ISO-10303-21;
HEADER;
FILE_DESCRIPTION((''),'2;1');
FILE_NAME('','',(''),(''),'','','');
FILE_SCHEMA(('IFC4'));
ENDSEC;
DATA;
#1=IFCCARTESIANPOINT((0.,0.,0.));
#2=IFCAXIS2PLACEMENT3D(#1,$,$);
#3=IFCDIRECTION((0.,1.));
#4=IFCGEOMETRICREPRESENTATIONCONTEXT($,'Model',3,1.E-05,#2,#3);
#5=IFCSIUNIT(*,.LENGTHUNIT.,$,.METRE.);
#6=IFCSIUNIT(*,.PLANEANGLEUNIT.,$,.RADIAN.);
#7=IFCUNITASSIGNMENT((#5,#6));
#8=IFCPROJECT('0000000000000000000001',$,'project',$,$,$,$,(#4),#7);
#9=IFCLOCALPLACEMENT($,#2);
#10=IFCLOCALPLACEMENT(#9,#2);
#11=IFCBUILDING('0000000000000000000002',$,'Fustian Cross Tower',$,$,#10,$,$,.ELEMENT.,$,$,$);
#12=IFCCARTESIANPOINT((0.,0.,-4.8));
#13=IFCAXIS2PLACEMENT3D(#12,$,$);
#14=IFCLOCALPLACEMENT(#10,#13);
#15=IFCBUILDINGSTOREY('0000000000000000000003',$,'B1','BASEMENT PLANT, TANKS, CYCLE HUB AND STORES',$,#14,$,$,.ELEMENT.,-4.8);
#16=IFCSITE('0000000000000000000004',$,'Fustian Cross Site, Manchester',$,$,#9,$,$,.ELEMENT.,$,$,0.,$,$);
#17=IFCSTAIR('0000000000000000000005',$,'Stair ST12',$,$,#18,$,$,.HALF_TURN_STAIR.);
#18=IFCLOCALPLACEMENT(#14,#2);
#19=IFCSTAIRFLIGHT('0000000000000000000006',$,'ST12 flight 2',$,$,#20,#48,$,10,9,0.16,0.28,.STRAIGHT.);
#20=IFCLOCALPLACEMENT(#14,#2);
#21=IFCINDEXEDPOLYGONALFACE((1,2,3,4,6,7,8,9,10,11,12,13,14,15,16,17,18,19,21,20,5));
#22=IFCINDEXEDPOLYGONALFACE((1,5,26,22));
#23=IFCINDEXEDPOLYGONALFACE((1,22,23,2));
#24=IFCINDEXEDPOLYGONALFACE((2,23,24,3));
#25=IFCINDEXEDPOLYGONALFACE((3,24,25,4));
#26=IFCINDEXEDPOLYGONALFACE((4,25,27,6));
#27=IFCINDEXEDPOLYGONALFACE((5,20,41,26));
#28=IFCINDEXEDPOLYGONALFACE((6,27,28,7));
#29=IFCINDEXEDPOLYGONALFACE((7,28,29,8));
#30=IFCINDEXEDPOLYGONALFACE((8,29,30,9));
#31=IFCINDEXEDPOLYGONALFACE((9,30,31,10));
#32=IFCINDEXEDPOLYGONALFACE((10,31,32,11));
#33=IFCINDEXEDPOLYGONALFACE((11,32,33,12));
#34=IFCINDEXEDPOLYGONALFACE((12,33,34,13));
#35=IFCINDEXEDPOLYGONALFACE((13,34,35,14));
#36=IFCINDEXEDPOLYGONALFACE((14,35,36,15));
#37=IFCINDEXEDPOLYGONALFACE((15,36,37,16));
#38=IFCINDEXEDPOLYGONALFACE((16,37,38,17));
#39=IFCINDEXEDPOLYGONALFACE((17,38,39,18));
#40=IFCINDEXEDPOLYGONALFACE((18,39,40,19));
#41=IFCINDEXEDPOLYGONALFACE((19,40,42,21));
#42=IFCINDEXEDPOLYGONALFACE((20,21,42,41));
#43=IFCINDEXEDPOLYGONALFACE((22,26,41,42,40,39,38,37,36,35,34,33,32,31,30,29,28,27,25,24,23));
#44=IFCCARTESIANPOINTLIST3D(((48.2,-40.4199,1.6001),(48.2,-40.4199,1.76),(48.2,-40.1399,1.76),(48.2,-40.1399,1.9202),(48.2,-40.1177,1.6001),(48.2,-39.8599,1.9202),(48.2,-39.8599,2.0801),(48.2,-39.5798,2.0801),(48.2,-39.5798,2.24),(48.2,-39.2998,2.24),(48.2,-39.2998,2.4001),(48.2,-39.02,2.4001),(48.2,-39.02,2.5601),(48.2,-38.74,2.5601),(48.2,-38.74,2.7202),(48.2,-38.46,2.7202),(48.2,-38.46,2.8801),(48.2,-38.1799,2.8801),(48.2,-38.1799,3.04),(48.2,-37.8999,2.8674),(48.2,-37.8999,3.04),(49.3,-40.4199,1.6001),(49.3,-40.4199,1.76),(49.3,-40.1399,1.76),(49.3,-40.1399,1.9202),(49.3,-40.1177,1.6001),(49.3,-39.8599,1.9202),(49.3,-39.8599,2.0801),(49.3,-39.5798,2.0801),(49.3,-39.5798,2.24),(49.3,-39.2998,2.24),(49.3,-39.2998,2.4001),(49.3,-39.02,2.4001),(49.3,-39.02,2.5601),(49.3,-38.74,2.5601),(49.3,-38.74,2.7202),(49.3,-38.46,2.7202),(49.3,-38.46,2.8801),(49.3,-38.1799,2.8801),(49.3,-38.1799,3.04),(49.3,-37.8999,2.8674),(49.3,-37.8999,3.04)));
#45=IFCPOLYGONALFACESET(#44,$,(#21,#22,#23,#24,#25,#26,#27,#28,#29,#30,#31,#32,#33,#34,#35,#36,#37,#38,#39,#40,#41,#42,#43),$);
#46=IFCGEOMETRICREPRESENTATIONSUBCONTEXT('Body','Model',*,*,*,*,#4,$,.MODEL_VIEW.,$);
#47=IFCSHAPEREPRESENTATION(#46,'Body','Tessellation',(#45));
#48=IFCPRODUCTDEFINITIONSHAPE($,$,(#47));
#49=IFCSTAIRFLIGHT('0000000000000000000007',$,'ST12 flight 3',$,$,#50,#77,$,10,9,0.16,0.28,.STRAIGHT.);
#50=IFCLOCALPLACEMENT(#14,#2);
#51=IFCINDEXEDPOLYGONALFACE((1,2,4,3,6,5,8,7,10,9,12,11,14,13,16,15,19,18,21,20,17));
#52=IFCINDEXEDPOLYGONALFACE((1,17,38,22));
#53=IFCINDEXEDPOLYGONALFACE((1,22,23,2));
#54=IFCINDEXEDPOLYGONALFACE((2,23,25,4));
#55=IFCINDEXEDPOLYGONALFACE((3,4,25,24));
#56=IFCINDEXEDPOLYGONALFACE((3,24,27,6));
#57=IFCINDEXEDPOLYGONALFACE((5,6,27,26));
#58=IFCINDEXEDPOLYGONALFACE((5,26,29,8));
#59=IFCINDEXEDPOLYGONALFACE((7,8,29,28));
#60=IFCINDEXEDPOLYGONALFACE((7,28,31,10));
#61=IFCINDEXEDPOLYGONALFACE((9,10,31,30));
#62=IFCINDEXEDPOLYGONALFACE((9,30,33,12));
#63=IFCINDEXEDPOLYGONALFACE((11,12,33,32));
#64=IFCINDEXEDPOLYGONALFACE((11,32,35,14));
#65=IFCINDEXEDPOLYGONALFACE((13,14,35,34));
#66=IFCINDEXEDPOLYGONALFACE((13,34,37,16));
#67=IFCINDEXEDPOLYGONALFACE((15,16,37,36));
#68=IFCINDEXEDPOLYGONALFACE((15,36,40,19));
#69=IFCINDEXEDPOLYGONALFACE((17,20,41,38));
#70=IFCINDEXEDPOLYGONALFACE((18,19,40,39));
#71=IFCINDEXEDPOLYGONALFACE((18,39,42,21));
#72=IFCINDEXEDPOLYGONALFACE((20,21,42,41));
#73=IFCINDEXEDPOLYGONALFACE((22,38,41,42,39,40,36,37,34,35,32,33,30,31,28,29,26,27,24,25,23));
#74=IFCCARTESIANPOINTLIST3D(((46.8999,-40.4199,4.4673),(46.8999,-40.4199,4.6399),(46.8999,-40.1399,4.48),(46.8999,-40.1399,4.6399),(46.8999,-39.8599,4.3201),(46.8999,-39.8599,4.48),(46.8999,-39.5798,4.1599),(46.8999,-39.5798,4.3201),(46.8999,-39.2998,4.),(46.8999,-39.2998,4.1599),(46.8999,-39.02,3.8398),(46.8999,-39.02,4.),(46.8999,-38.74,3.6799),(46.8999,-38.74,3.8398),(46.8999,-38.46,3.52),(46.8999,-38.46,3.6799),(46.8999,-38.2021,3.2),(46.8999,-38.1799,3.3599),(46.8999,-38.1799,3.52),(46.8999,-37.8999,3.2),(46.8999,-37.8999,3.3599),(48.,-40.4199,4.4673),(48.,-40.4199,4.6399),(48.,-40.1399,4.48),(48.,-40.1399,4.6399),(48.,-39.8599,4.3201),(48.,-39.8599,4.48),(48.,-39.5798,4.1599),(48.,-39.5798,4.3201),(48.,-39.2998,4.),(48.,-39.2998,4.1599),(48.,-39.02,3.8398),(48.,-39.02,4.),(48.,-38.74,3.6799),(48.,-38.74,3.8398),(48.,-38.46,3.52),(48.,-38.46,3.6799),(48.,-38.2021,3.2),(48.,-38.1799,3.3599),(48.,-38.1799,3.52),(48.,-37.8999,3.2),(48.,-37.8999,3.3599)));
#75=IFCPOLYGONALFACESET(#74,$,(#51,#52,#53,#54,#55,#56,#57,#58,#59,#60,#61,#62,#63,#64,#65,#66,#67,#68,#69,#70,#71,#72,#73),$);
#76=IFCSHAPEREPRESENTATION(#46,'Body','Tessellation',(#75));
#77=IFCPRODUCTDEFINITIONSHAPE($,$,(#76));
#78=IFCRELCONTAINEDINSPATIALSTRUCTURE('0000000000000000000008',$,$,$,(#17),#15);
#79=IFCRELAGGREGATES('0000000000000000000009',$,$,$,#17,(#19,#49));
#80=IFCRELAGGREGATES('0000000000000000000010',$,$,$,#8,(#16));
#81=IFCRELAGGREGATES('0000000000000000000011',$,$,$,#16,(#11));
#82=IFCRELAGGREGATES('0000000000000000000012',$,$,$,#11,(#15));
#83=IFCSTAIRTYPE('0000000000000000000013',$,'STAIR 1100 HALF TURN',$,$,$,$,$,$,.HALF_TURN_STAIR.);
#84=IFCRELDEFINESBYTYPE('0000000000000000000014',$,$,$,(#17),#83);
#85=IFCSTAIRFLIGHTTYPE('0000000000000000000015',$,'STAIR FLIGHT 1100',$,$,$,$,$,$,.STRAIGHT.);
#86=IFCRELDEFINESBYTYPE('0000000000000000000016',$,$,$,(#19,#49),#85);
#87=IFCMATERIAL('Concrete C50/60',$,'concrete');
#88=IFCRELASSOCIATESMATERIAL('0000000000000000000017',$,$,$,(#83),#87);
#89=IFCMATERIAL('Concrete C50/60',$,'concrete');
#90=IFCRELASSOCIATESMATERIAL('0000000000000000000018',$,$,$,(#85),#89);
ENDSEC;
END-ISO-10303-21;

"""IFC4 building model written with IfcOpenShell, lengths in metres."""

from ifc_helpers import new_model, si_unit, direction, frame, origin, place, context, subcontext, project, spatial, polyline, outline, extrude, material, type_object, element, aggregate, save


model = new_model("IFC4")

# Units and contexts
model_context = context("Model", 3, precision=1e-05, world=origin(), true_north=direction((0.0, 1.0)))
body_context = subcontext(model_context, "Body", "Model", "MODEL_VIEW")
ifc_project = project(units=[si_unit("LENGTHUNIT", "METRE"), si_unit("PLANEANGLEUNIT", "RADIAN")], contexts=[model_context])

# Site, building, storey
site_placement = place(None, origin())
site = spatial("IfcSite", under=ifc_project, at=site_placement, Name="Fustian Cross Site, Manchester", CompositionType="ELEMENT", RefElevation=0.0)
building_placement = place(site_placement, origin())
building = spatial("IfcBuilding", under=site, at=building_placement, Name="Fustian Cross Tower", CompositionType="ELEMENT")
storey_placement = place(building_placement, frame((0.0, 0.0, -4.8)))
storey = spatial("IfcBuildingStorey", under=building, at=storey_placement, Name="B1", Description="BASEMENT PLANT, TANKS, CYCLE HUB AND STORES", CompositionType="ELEMENT", Elevation=-4.8)

# Stair, stair flights
ifc_material_1 = material(Name="Concrete C50/60", Category="concrete")
stair_type = type_object("IfcStairType", Name="STAIR 1100 HALF TURN", PredefinedType="HALF_TURN_STAIR", material=ifc_material_1)
stair_placement = place(storey_placement, origin())
stair = element("IfcStair", 1, at=stair_placement, inside=storey, type_object=stair_type, Name="Stair ST12", PredefinedType="HALF_TURN_STAIR")
ifc_material_2 = material(Name="Concrete C50/60", Category="concrete")
stair_flight_type = type_object("IfcStairFlightType", Name="STAIR FLIGHT 1100", PredefinedType="STRAIGHT", material=ifc_material_2)
stair_flight_1_placement = place(storey_placement, frame((48.75, -40.4199, 1.6001), z_axis=(0.0, 0.0, 1.0), x_axis=(0.0, 1.0, 0.0)))
stair_flight_1 = element("IfcStairFlight", 2, at=stair_flight_1_placement, type_object=stair_flight_type, Name="ST12 flight 2", NumberOfRisers=10, NumberOfTreads=9, PredefinedType="STRAIGHT", RiserHeight=0.16, TreadLength=0.28, context=body_context, shape_type="SweptSolid", body=[
    extrude(outline(polyline([(0.0, 0.0), (0.0, 0.1599), (0.28, 0.1599), (0.28, 0.3201), (0.5601, 0.3201), (0.5601, 0.48), (0.8401, 0.48), (0.8401, 0.6399), (1.1201, 0.6399), (1.1201, 0.8), (1.3999, 0.8), (1.3999, 0.96), (1.6799, 0.96), (1.6799, 1.1201), (1.96, 1.1201), (1.96, 1.28), (2.24, 1.28), (2.24, 1.4399), (2.52, 1.4399), (2.52, 1.6001), (2.52, 1.2673), (0.3022, 0.0), (0.0, 0.0)])), frame((0.0, 0.55, 0.0), z_axis=(0.0, -1.0, 0.0), x_axis=(1.0, 0.0, 0.0)), (0.0, 0.0, 1.0), 1.1001),
])
stair_flight_2_placement = place(storey_placement, frame((47.45, -37.8999, 3.2), z_axis=(0.0, 0.0, 1.0), x_axis=(0.0, -1.0, 0.0)))
stair_flight_2 = element("IfcStairFlight", 3, at=stair_flight_2_placement, type_object=stair_flight_type, Name="ST12 flight 3", NumberOfRisers=10, NumberOfTreads=9, PredefinedType="STRAIGHT", RiserHeight=0.16, TreadLength=0.28, context=body_context, shape_type="SweptSolid", body=[
    extrude(outline(polyline([(0.0, 0.0), (0.0, 0.1599), (0.28, 0.1599), (0.28, 0.3201), (0.5601, 0.3201), (0.5601, 0.48), (0.8401, 0.48), (0.8401, 0.6399), (1.1201, 0.6399), (1.1201, 0.8), (1.3999, 0.8), (1.3999, 0.96), (1.6799, 0.96), (1.6799, 1.1201), (1.96, 1.1201), (1.96, 1.28), (2.24, 1.28), (2.24, 1.4399), (2.52, 1.4399), (2.52, 1.6001), (2.52, 1.2673), (0.3022, 0.0), (0.0, 0.0)])), frame((0.0, 0.55, 0.0), z_axis=(0.0, -1.0, 0.0), x_axis=(1.0, 0.0, 0.0)), (0.0, 0.0, 1.0), 1.1001),
])
aggregate(stair, [stair_flight_1, stair_flight_2])

save(model, "model.ifc")
